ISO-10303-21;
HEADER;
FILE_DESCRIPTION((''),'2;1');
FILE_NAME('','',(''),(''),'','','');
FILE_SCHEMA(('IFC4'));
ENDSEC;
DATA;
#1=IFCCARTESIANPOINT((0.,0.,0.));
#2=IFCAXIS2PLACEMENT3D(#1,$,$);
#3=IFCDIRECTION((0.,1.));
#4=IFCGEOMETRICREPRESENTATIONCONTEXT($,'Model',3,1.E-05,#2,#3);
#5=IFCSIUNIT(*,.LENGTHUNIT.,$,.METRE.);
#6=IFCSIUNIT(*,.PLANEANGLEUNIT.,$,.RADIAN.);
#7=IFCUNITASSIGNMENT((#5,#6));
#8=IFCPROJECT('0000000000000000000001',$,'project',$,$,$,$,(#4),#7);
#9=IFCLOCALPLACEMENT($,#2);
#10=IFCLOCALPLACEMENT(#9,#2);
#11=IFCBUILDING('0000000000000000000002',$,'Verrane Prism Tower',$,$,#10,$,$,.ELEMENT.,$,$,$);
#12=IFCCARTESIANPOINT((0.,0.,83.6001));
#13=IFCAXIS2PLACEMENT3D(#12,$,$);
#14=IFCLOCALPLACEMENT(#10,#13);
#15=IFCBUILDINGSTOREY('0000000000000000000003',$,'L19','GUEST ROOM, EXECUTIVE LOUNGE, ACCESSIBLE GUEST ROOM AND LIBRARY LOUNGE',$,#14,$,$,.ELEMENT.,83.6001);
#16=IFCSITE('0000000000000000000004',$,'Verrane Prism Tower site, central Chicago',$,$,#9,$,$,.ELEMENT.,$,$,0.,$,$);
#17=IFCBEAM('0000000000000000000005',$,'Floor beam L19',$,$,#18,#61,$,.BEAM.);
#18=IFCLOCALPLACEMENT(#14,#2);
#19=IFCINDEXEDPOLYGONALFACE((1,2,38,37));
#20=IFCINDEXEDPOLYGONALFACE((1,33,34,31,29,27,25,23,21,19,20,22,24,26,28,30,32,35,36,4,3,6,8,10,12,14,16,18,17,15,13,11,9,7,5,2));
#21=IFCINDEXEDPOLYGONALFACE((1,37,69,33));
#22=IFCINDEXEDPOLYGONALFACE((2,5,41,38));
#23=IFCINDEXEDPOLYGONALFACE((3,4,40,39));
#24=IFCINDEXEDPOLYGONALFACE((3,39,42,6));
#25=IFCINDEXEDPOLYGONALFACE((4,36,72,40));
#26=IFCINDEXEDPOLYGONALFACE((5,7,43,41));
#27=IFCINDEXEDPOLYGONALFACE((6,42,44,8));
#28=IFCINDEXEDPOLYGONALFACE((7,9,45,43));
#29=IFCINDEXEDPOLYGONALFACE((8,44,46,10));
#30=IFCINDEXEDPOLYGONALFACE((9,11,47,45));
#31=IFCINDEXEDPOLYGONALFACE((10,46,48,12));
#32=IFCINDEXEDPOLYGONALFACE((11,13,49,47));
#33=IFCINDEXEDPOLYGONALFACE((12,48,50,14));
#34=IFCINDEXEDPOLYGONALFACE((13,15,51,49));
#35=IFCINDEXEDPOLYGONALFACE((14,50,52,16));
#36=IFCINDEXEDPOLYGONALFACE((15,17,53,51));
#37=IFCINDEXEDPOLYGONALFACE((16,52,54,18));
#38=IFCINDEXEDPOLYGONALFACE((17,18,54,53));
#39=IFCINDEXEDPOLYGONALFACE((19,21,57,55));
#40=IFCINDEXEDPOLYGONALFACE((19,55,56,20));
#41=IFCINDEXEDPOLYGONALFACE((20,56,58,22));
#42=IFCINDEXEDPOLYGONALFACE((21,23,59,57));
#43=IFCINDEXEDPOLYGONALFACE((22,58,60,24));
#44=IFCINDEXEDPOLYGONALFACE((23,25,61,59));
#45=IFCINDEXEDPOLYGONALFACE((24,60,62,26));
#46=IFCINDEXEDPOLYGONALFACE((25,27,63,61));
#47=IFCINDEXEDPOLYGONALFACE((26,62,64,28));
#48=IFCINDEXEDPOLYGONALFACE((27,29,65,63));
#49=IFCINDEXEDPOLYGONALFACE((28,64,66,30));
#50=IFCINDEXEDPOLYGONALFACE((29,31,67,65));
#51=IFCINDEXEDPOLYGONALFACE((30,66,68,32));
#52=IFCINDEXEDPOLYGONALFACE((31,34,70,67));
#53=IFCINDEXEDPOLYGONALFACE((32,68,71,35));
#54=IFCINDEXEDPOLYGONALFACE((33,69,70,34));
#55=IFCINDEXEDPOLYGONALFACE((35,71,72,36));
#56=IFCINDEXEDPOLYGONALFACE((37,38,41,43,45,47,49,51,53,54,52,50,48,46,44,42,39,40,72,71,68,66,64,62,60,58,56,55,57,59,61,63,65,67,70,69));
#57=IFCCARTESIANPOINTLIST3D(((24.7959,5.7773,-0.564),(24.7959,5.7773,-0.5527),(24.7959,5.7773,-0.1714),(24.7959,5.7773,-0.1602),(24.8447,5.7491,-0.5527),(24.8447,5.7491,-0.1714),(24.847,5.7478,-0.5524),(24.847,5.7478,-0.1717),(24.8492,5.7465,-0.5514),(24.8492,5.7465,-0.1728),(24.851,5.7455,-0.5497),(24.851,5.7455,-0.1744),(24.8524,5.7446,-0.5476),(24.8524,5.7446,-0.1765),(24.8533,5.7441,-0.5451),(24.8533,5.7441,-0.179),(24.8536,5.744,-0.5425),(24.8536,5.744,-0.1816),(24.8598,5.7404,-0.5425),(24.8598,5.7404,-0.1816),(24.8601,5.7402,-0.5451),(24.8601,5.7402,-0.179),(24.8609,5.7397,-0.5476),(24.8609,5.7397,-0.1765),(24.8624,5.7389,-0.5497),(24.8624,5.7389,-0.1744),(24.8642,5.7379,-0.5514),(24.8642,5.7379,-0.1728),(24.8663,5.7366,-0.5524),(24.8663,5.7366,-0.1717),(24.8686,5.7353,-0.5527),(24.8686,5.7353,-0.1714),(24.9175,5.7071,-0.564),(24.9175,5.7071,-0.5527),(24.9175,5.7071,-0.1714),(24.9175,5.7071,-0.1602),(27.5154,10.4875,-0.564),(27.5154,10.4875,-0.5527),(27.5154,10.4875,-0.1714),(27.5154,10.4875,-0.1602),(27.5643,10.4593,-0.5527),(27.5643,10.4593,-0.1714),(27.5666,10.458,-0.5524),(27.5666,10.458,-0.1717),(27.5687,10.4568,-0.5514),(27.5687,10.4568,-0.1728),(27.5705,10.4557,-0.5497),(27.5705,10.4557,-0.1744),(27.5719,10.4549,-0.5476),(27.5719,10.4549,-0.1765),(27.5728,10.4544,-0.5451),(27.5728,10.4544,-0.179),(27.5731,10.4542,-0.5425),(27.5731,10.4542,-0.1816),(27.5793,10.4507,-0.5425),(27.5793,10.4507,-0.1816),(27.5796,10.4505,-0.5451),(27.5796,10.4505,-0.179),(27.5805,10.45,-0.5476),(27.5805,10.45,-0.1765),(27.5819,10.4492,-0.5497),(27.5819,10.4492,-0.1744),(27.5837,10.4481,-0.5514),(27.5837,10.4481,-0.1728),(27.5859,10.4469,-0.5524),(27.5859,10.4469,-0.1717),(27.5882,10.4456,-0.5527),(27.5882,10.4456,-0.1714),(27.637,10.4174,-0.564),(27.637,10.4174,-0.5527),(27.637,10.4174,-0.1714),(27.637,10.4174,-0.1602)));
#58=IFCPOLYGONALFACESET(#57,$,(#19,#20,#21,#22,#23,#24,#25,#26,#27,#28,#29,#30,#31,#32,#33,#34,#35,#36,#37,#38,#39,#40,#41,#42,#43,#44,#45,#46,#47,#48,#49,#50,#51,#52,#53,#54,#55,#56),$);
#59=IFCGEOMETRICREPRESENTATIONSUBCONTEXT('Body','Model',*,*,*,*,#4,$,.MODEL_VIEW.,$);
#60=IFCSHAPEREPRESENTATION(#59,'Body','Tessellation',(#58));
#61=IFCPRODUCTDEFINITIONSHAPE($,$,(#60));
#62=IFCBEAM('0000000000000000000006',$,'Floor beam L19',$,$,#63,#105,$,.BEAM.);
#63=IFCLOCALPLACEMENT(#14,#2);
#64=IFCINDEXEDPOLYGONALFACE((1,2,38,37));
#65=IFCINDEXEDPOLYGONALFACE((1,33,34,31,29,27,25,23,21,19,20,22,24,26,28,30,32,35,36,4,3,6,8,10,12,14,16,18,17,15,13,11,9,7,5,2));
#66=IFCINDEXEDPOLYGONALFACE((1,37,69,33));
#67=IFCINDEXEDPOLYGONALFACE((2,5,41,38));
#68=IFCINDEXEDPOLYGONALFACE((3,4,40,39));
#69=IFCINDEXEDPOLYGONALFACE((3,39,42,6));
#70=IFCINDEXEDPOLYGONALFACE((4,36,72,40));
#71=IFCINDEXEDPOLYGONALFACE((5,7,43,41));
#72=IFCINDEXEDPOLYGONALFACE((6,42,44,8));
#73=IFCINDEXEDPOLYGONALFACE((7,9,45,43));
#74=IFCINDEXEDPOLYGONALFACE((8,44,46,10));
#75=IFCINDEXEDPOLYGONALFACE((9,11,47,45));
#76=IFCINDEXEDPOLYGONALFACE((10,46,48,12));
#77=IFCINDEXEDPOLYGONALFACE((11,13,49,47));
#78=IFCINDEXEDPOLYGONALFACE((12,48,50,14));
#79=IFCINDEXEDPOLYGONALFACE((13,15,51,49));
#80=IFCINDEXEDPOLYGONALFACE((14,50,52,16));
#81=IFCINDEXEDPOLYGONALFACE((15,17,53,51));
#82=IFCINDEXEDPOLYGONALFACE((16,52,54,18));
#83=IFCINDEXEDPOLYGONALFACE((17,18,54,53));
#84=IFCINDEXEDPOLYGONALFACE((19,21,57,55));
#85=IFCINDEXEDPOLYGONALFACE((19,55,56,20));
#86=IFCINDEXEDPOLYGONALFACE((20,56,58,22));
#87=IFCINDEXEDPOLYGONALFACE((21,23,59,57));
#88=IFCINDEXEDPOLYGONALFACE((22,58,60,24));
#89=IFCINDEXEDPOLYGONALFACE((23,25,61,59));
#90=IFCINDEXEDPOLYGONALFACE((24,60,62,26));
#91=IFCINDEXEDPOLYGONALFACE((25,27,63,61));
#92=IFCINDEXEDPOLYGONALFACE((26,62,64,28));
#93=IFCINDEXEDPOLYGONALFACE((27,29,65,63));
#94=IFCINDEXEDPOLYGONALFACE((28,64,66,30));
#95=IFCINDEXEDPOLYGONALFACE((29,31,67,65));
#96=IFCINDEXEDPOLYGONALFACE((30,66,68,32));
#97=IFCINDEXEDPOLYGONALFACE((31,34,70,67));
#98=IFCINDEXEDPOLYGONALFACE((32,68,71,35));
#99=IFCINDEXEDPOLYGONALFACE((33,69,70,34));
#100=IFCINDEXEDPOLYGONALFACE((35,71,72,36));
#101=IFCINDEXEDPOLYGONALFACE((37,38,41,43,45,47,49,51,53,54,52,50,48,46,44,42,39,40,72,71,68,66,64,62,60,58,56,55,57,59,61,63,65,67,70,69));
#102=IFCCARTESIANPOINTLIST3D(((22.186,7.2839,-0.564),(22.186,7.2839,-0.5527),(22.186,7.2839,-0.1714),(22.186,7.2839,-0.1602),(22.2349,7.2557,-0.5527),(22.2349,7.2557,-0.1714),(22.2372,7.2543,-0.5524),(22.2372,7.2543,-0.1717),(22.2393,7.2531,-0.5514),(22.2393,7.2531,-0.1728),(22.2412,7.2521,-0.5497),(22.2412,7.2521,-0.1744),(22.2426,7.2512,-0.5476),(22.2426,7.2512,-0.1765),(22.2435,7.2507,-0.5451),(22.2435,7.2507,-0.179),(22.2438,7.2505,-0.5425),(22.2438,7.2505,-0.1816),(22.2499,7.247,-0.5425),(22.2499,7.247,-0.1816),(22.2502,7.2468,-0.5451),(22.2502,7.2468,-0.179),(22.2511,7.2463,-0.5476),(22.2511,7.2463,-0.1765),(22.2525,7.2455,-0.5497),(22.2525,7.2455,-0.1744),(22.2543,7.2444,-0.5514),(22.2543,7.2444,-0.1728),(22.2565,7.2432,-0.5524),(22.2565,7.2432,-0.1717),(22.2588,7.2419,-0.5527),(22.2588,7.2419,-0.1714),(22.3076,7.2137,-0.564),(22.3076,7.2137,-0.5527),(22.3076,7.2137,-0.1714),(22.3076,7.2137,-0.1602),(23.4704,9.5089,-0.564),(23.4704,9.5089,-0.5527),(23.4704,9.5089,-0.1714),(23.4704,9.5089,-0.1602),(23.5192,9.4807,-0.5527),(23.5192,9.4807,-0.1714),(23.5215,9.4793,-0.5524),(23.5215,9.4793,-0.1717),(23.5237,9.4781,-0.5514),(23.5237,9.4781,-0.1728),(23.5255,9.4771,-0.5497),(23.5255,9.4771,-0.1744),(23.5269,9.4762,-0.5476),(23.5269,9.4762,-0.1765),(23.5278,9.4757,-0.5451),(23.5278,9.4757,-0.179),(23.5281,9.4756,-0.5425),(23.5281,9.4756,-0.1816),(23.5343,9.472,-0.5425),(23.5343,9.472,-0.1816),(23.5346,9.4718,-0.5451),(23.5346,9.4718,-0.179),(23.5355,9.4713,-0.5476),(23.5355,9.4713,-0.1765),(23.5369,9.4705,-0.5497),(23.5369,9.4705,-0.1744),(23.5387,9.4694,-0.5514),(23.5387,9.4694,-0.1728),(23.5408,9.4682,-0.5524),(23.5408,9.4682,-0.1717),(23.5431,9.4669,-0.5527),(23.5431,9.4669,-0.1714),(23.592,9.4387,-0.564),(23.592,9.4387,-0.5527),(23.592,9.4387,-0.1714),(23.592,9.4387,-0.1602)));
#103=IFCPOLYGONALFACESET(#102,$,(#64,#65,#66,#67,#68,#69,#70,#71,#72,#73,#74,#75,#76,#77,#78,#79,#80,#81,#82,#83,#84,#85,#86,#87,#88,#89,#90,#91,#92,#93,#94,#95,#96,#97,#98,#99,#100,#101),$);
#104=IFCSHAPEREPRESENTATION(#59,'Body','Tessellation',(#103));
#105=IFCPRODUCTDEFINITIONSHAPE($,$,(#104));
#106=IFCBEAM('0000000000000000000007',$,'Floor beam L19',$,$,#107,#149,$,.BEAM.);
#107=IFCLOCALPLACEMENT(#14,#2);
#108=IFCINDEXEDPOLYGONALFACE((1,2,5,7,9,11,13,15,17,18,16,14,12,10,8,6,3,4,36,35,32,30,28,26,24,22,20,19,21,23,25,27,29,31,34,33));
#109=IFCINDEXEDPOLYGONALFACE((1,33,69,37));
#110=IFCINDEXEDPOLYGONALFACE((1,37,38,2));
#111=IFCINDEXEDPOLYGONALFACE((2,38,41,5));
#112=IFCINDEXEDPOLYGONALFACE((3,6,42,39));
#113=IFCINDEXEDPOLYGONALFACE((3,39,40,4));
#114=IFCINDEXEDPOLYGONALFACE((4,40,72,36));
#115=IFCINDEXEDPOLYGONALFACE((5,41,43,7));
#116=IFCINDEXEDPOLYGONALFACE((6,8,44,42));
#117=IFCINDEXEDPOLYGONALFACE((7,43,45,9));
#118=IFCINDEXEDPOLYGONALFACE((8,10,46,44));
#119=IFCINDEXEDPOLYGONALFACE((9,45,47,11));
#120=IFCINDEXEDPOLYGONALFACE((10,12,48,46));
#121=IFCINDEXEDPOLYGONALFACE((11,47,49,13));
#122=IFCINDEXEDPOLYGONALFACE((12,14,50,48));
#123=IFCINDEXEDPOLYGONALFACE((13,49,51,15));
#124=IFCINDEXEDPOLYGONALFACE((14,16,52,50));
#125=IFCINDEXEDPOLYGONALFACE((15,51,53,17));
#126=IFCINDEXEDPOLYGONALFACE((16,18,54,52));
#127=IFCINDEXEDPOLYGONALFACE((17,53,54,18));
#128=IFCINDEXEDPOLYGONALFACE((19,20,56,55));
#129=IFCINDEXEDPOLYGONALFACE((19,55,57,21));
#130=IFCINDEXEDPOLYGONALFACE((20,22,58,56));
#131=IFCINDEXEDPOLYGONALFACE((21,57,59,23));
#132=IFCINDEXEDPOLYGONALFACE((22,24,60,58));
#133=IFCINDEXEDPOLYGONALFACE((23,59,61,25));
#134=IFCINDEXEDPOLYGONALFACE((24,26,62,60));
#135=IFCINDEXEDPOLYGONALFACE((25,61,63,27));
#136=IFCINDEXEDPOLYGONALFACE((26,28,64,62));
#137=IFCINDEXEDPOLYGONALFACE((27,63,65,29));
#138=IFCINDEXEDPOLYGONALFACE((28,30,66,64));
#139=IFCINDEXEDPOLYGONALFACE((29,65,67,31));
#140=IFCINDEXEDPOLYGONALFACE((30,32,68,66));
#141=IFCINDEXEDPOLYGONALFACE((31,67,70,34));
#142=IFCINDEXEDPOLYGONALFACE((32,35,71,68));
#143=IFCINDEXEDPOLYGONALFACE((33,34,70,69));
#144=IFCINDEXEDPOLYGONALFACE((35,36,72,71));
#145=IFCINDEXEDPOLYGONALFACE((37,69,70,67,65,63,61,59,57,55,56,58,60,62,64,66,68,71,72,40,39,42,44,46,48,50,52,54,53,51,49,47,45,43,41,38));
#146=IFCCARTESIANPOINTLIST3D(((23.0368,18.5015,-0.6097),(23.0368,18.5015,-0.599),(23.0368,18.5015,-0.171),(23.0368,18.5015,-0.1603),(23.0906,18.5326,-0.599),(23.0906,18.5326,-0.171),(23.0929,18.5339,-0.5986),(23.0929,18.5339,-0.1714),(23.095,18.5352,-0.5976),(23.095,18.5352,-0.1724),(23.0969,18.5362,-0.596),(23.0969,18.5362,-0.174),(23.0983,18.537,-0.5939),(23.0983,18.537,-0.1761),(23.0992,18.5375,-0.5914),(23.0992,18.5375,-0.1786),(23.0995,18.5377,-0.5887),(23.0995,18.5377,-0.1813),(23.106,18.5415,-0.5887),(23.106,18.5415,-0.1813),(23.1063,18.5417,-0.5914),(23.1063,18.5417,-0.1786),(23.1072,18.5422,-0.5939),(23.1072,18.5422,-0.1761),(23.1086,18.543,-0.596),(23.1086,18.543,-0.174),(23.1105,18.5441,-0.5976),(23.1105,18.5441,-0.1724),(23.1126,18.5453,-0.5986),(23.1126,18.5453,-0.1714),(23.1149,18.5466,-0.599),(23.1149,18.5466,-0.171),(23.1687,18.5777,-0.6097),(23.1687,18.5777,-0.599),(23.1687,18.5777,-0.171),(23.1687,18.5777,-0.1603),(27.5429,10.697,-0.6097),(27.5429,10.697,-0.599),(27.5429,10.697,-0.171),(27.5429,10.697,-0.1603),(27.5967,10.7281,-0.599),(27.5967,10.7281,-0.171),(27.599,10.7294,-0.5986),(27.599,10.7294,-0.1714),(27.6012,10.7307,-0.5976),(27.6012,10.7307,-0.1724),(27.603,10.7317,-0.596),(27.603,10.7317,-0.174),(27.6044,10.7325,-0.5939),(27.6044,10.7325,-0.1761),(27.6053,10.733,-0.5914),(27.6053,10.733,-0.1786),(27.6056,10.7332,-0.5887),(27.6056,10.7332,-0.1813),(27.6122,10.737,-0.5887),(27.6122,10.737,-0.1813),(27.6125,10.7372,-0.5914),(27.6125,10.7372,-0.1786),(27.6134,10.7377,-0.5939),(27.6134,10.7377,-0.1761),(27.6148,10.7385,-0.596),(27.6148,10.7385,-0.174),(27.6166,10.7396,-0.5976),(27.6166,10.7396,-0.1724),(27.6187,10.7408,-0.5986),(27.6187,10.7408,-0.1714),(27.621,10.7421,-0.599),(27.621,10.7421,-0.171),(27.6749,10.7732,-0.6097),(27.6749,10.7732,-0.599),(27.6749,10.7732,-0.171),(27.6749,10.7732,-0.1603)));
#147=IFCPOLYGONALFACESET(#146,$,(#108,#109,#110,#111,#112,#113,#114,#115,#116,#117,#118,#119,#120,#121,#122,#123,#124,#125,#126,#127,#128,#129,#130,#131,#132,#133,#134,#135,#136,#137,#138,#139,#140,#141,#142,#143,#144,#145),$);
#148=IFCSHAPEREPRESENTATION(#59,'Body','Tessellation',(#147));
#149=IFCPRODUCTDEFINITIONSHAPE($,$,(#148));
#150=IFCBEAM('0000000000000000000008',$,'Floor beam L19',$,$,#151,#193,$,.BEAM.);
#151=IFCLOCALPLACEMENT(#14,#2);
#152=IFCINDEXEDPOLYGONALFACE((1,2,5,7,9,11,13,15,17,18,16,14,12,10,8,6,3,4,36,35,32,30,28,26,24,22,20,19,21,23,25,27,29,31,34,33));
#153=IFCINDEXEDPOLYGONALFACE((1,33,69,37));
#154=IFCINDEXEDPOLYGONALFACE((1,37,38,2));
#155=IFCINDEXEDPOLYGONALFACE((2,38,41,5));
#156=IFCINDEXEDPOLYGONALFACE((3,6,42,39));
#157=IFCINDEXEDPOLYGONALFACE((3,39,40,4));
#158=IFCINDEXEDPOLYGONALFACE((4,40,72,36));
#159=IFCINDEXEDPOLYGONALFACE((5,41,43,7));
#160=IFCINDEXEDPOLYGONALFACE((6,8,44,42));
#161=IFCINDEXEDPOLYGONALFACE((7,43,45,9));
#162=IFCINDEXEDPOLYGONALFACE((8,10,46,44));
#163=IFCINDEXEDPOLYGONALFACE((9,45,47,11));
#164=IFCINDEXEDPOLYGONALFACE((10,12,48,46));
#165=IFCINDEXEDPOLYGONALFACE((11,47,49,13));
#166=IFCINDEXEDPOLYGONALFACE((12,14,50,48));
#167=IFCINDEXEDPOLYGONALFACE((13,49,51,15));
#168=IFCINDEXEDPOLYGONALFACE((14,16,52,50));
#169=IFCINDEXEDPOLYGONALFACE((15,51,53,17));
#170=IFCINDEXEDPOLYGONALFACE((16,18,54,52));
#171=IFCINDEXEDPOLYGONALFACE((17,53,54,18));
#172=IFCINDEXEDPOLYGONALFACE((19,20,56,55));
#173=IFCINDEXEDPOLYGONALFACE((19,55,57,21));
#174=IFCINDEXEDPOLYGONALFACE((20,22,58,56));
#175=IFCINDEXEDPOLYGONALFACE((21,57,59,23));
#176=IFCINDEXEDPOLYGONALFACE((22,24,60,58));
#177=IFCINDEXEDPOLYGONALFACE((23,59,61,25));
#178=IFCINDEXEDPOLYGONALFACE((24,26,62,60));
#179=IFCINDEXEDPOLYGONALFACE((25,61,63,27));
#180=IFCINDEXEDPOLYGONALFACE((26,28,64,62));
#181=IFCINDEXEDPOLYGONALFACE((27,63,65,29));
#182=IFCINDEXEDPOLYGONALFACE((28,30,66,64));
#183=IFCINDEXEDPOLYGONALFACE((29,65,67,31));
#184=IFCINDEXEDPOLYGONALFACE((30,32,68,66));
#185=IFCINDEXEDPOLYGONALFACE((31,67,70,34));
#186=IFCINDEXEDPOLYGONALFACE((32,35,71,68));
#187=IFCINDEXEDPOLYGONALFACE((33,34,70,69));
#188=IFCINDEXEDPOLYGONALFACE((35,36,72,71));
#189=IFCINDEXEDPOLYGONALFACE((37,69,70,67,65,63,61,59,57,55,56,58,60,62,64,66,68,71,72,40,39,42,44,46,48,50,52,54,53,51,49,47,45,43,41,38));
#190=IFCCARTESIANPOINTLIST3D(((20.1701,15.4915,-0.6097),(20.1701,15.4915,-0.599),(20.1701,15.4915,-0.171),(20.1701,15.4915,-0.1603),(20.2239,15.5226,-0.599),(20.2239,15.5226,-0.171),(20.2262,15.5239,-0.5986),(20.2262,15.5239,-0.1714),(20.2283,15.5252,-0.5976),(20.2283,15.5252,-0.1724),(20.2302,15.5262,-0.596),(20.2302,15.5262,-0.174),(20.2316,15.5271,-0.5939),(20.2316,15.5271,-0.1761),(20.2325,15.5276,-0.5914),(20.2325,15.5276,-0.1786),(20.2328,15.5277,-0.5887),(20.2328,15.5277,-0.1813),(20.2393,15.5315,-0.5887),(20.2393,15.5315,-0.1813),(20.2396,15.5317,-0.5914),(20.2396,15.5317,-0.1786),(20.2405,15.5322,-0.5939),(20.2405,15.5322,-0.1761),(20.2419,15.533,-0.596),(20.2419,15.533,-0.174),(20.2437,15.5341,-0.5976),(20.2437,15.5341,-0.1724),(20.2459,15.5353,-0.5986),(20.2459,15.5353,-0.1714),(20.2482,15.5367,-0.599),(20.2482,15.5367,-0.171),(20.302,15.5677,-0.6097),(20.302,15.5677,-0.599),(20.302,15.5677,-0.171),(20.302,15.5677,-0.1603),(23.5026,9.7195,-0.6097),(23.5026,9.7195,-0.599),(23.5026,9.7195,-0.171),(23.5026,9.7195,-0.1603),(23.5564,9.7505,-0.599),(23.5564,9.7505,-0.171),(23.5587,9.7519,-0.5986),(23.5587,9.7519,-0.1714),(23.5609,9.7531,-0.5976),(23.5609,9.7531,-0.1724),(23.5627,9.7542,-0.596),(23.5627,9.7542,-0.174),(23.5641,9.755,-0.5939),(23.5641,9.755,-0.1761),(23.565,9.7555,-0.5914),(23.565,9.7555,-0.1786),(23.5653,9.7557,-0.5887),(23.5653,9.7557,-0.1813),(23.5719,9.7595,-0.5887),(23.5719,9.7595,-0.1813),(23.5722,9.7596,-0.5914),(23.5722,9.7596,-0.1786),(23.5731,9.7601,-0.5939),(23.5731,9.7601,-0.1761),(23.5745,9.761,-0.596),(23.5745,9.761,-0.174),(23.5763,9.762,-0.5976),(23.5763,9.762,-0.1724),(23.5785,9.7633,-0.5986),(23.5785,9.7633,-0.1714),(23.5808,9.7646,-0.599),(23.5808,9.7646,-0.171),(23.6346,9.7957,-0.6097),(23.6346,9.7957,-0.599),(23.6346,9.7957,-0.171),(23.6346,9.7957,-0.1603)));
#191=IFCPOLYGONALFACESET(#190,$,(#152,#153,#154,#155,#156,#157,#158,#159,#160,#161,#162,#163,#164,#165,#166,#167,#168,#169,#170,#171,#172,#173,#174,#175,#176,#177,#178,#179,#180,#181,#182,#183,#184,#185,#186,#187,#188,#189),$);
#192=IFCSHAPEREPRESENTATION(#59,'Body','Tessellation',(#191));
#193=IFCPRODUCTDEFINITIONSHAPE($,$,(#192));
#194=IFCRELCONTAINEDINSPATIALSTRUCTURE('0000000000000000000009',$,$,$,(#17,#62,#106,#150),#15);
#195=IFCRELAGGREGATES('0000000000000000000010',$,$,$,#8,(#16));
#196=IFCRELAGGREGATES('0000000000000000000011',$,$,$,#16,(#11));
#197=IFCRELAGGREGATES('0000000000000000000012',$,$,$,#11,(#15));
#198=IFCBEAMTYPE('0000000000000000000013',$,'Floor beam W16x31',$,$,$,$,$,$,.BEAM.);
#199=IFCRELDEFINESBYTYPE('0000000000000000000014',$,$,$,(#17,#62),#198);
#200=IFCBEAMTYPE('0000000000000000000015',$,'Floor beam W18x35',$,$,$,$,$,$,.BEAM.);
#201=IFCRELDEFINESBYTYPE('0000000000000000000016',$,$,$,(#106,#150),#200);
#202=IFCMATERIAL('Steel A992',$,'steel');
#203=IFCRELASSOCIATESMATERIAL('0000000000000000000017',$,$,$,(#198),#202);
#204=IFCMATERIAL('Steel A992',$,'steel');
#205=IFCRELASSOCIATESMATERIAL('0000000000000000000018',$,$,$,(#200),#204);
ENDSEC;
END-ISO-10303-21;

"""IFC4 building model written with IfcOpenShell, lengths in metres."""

from ifc_helpers import new_model, si_unit, direction, frame, origin, origin_2d, place, context, subcontext, project, spatial, i_section, extrude, material, material_profile, profile_set, type_object, element, save


model = new_model("IFC4")

# Units and contexts
model_context = context("Model", 3, precision=1e-05, world=origin(), true_north=direction((0.0, 1.0)))
body_context = subcontext(model_context, "Body", "Model", "MODEL_VIEW")
ifc_project = project(units=[si_unit("LENGTHUNIT", "METRE"), si_unit("PLANEANGLEUNIT", "RADIAN")], contexts=[model_context])

# Site, building, storey
site_placement = place(None, origin())
site = spatial("IfcSite", under=ifc_project, at=site_placement, Name="Verrane Prism Tower site, central Chicago", CompositionType="ELEMENT", RefElevation=0.0)
building_placement = place(site_placement, origin())
building = spatial("IfcBuilding", under=site, at=building_placement, Name="Verrane Prism Tower", CompositionType="ELEMENT")
storey_placement = place(building_placement, frame((0.0, 0.0, 83.6001)))
storey = spatial("IfcBuildingStorey", under=building, at=storey_placement, Name="L19", Description="GUEST ROOM, EXECUTIVE LOUNGE, ACCESSIBLE GUEST ROOM AND LIBRARY LOUNGE", CompositionType="ELEMENT", Elevation=83.6001)

# Beams
ifc_material_1 = material(Name="Steel A992", Category="steel")
ifc_material_profile_1 = material_profile(ifc_material_1, i_section(OverallWidth=0.1404, OverallDepth=0.4038, WebThickness=0.0071, FlangeThickness=0.0112, FilletRadius=0.0103, at=origin_2d()), Name="W16x31")
ifc_profile_set_1 = profile_set([ifc_material_profile_1], Name="Steel A992")
beam_type_1 = type_object("IfcBeamType", Name="Floor beam W16x31", PredefinedType="BEAM", material=ifc_profile_set_1)
beam_1_placement = place(storey_placement, frame((24.8567, 5.7422, -0.3621), z_axis=(0.500006, 0.866022, 0.0), x_axis=(-0.866022, 0.500006, 0.0)))
element("IfcBeam", 1, at=beam_1_placement, inside=storey, type_object=beam_type_1, Name="Floor beam L19", PredefinedType="BEAM", context=body_context, shape_type="SweptSolid", body=[
    extrude(i_section(OverallWidth=0.1404, OverallDepth=0.4038, WebThickness=0.0071, FlangeThickness=0.0112, FilletRadius=0.0103, at=origin_2d()), origin(), (0.0, 0.0, 1.0), 5.439),
])
beam_2_placement = place(storey_placement, frame((22.2468, 7.2488, -0.3621), z_axis=(0.499931, 0.866065, 0.0), x_axis=(-0.866065, 0.499931, 0.0)))
element("IfcBeam", 2, at=beam_2_placement, inside=storey, type_object=beam_type_1, Name="Floor beam L19", PredefinedType="BEAM", context=body_context, shape_type="SweptSolid", body=[
    extrude(i_section(OverallWidth=0.1404, OverallDepth=0.4038, WebThickness=0.0071, FlangeThickness=0.0112, FilletRadius=0.0103, at=origin_2d()), origin(), (0.0, 0.0, 1.0), 2.5691),
])
ifc_material_2 = material(Name="Steel A992", Category="steel")
ifc_material_profile_2 = material_profile(ifc_material_2, i_section(OverallWidth=0.1523, OverallDepth=0.4495, WebThickness=0.0076, FlangeThickness=0.0107, FilletRadius=0.0103, at=origin_2d()), Name="W18x35")
ifc_profile_set_2 = profile_set([ifc_material_profile_2], Name="Steel A992")
beam_type_2 = type_object("IfcBeamType", Name="Floor beam W18x35", PredefinedType="BEAM", material=ifc_profile_set_2)
beam_3_placement = place(storey_placement, frame((27.6089, 10.7351, -0.385), z_axis=(-0.500017, 0.866016, 0.0), x_axis=(-0.866016, -0.500017, 0.0)))
element("IfcBeam", 3, at=beam_3_placement, inside=storey, type_object=beam_type_2, Name="Floor beam L19", PredefinedType="BEAM", context=body_context, shape_type="SweptSolid", body=[
    extrude(i_section(OverallWidth=0.1523, OverallDepth=0.4495, WebThickness=0.0076, FlangeThickness=0.0107, FilletRadius=0.0103, at=origin_2d()), origin(), (0.0, 0.0, 1.0), 9.012),
])
beam_4_placement = place(storey_placement, frame((23.5686, 9.7576, -0.385), z_axis=(-0.500008, 0.866021, 0.0), x_axis=(-0.866021, -0.500008, 0.0)))
element("IfcBeam", 4, at=beam_4_placement, inside=storey, type_object=beam_type_2, Name="Floor beam L19", PredefinedType="BEAM", context=body_context, shape_type="SweptSolid", body=[
    extrude(i_section(OverallWidth=0.1523, OverallDepth=0.4495, WebThickness=0.0076, FlangeThickness=0.0107, FilletRadius=0.0103, at=origin_2d()), origin(), (0.0, 0.0, 1.0), 6.665),
])

save(model, "model.ifc")
